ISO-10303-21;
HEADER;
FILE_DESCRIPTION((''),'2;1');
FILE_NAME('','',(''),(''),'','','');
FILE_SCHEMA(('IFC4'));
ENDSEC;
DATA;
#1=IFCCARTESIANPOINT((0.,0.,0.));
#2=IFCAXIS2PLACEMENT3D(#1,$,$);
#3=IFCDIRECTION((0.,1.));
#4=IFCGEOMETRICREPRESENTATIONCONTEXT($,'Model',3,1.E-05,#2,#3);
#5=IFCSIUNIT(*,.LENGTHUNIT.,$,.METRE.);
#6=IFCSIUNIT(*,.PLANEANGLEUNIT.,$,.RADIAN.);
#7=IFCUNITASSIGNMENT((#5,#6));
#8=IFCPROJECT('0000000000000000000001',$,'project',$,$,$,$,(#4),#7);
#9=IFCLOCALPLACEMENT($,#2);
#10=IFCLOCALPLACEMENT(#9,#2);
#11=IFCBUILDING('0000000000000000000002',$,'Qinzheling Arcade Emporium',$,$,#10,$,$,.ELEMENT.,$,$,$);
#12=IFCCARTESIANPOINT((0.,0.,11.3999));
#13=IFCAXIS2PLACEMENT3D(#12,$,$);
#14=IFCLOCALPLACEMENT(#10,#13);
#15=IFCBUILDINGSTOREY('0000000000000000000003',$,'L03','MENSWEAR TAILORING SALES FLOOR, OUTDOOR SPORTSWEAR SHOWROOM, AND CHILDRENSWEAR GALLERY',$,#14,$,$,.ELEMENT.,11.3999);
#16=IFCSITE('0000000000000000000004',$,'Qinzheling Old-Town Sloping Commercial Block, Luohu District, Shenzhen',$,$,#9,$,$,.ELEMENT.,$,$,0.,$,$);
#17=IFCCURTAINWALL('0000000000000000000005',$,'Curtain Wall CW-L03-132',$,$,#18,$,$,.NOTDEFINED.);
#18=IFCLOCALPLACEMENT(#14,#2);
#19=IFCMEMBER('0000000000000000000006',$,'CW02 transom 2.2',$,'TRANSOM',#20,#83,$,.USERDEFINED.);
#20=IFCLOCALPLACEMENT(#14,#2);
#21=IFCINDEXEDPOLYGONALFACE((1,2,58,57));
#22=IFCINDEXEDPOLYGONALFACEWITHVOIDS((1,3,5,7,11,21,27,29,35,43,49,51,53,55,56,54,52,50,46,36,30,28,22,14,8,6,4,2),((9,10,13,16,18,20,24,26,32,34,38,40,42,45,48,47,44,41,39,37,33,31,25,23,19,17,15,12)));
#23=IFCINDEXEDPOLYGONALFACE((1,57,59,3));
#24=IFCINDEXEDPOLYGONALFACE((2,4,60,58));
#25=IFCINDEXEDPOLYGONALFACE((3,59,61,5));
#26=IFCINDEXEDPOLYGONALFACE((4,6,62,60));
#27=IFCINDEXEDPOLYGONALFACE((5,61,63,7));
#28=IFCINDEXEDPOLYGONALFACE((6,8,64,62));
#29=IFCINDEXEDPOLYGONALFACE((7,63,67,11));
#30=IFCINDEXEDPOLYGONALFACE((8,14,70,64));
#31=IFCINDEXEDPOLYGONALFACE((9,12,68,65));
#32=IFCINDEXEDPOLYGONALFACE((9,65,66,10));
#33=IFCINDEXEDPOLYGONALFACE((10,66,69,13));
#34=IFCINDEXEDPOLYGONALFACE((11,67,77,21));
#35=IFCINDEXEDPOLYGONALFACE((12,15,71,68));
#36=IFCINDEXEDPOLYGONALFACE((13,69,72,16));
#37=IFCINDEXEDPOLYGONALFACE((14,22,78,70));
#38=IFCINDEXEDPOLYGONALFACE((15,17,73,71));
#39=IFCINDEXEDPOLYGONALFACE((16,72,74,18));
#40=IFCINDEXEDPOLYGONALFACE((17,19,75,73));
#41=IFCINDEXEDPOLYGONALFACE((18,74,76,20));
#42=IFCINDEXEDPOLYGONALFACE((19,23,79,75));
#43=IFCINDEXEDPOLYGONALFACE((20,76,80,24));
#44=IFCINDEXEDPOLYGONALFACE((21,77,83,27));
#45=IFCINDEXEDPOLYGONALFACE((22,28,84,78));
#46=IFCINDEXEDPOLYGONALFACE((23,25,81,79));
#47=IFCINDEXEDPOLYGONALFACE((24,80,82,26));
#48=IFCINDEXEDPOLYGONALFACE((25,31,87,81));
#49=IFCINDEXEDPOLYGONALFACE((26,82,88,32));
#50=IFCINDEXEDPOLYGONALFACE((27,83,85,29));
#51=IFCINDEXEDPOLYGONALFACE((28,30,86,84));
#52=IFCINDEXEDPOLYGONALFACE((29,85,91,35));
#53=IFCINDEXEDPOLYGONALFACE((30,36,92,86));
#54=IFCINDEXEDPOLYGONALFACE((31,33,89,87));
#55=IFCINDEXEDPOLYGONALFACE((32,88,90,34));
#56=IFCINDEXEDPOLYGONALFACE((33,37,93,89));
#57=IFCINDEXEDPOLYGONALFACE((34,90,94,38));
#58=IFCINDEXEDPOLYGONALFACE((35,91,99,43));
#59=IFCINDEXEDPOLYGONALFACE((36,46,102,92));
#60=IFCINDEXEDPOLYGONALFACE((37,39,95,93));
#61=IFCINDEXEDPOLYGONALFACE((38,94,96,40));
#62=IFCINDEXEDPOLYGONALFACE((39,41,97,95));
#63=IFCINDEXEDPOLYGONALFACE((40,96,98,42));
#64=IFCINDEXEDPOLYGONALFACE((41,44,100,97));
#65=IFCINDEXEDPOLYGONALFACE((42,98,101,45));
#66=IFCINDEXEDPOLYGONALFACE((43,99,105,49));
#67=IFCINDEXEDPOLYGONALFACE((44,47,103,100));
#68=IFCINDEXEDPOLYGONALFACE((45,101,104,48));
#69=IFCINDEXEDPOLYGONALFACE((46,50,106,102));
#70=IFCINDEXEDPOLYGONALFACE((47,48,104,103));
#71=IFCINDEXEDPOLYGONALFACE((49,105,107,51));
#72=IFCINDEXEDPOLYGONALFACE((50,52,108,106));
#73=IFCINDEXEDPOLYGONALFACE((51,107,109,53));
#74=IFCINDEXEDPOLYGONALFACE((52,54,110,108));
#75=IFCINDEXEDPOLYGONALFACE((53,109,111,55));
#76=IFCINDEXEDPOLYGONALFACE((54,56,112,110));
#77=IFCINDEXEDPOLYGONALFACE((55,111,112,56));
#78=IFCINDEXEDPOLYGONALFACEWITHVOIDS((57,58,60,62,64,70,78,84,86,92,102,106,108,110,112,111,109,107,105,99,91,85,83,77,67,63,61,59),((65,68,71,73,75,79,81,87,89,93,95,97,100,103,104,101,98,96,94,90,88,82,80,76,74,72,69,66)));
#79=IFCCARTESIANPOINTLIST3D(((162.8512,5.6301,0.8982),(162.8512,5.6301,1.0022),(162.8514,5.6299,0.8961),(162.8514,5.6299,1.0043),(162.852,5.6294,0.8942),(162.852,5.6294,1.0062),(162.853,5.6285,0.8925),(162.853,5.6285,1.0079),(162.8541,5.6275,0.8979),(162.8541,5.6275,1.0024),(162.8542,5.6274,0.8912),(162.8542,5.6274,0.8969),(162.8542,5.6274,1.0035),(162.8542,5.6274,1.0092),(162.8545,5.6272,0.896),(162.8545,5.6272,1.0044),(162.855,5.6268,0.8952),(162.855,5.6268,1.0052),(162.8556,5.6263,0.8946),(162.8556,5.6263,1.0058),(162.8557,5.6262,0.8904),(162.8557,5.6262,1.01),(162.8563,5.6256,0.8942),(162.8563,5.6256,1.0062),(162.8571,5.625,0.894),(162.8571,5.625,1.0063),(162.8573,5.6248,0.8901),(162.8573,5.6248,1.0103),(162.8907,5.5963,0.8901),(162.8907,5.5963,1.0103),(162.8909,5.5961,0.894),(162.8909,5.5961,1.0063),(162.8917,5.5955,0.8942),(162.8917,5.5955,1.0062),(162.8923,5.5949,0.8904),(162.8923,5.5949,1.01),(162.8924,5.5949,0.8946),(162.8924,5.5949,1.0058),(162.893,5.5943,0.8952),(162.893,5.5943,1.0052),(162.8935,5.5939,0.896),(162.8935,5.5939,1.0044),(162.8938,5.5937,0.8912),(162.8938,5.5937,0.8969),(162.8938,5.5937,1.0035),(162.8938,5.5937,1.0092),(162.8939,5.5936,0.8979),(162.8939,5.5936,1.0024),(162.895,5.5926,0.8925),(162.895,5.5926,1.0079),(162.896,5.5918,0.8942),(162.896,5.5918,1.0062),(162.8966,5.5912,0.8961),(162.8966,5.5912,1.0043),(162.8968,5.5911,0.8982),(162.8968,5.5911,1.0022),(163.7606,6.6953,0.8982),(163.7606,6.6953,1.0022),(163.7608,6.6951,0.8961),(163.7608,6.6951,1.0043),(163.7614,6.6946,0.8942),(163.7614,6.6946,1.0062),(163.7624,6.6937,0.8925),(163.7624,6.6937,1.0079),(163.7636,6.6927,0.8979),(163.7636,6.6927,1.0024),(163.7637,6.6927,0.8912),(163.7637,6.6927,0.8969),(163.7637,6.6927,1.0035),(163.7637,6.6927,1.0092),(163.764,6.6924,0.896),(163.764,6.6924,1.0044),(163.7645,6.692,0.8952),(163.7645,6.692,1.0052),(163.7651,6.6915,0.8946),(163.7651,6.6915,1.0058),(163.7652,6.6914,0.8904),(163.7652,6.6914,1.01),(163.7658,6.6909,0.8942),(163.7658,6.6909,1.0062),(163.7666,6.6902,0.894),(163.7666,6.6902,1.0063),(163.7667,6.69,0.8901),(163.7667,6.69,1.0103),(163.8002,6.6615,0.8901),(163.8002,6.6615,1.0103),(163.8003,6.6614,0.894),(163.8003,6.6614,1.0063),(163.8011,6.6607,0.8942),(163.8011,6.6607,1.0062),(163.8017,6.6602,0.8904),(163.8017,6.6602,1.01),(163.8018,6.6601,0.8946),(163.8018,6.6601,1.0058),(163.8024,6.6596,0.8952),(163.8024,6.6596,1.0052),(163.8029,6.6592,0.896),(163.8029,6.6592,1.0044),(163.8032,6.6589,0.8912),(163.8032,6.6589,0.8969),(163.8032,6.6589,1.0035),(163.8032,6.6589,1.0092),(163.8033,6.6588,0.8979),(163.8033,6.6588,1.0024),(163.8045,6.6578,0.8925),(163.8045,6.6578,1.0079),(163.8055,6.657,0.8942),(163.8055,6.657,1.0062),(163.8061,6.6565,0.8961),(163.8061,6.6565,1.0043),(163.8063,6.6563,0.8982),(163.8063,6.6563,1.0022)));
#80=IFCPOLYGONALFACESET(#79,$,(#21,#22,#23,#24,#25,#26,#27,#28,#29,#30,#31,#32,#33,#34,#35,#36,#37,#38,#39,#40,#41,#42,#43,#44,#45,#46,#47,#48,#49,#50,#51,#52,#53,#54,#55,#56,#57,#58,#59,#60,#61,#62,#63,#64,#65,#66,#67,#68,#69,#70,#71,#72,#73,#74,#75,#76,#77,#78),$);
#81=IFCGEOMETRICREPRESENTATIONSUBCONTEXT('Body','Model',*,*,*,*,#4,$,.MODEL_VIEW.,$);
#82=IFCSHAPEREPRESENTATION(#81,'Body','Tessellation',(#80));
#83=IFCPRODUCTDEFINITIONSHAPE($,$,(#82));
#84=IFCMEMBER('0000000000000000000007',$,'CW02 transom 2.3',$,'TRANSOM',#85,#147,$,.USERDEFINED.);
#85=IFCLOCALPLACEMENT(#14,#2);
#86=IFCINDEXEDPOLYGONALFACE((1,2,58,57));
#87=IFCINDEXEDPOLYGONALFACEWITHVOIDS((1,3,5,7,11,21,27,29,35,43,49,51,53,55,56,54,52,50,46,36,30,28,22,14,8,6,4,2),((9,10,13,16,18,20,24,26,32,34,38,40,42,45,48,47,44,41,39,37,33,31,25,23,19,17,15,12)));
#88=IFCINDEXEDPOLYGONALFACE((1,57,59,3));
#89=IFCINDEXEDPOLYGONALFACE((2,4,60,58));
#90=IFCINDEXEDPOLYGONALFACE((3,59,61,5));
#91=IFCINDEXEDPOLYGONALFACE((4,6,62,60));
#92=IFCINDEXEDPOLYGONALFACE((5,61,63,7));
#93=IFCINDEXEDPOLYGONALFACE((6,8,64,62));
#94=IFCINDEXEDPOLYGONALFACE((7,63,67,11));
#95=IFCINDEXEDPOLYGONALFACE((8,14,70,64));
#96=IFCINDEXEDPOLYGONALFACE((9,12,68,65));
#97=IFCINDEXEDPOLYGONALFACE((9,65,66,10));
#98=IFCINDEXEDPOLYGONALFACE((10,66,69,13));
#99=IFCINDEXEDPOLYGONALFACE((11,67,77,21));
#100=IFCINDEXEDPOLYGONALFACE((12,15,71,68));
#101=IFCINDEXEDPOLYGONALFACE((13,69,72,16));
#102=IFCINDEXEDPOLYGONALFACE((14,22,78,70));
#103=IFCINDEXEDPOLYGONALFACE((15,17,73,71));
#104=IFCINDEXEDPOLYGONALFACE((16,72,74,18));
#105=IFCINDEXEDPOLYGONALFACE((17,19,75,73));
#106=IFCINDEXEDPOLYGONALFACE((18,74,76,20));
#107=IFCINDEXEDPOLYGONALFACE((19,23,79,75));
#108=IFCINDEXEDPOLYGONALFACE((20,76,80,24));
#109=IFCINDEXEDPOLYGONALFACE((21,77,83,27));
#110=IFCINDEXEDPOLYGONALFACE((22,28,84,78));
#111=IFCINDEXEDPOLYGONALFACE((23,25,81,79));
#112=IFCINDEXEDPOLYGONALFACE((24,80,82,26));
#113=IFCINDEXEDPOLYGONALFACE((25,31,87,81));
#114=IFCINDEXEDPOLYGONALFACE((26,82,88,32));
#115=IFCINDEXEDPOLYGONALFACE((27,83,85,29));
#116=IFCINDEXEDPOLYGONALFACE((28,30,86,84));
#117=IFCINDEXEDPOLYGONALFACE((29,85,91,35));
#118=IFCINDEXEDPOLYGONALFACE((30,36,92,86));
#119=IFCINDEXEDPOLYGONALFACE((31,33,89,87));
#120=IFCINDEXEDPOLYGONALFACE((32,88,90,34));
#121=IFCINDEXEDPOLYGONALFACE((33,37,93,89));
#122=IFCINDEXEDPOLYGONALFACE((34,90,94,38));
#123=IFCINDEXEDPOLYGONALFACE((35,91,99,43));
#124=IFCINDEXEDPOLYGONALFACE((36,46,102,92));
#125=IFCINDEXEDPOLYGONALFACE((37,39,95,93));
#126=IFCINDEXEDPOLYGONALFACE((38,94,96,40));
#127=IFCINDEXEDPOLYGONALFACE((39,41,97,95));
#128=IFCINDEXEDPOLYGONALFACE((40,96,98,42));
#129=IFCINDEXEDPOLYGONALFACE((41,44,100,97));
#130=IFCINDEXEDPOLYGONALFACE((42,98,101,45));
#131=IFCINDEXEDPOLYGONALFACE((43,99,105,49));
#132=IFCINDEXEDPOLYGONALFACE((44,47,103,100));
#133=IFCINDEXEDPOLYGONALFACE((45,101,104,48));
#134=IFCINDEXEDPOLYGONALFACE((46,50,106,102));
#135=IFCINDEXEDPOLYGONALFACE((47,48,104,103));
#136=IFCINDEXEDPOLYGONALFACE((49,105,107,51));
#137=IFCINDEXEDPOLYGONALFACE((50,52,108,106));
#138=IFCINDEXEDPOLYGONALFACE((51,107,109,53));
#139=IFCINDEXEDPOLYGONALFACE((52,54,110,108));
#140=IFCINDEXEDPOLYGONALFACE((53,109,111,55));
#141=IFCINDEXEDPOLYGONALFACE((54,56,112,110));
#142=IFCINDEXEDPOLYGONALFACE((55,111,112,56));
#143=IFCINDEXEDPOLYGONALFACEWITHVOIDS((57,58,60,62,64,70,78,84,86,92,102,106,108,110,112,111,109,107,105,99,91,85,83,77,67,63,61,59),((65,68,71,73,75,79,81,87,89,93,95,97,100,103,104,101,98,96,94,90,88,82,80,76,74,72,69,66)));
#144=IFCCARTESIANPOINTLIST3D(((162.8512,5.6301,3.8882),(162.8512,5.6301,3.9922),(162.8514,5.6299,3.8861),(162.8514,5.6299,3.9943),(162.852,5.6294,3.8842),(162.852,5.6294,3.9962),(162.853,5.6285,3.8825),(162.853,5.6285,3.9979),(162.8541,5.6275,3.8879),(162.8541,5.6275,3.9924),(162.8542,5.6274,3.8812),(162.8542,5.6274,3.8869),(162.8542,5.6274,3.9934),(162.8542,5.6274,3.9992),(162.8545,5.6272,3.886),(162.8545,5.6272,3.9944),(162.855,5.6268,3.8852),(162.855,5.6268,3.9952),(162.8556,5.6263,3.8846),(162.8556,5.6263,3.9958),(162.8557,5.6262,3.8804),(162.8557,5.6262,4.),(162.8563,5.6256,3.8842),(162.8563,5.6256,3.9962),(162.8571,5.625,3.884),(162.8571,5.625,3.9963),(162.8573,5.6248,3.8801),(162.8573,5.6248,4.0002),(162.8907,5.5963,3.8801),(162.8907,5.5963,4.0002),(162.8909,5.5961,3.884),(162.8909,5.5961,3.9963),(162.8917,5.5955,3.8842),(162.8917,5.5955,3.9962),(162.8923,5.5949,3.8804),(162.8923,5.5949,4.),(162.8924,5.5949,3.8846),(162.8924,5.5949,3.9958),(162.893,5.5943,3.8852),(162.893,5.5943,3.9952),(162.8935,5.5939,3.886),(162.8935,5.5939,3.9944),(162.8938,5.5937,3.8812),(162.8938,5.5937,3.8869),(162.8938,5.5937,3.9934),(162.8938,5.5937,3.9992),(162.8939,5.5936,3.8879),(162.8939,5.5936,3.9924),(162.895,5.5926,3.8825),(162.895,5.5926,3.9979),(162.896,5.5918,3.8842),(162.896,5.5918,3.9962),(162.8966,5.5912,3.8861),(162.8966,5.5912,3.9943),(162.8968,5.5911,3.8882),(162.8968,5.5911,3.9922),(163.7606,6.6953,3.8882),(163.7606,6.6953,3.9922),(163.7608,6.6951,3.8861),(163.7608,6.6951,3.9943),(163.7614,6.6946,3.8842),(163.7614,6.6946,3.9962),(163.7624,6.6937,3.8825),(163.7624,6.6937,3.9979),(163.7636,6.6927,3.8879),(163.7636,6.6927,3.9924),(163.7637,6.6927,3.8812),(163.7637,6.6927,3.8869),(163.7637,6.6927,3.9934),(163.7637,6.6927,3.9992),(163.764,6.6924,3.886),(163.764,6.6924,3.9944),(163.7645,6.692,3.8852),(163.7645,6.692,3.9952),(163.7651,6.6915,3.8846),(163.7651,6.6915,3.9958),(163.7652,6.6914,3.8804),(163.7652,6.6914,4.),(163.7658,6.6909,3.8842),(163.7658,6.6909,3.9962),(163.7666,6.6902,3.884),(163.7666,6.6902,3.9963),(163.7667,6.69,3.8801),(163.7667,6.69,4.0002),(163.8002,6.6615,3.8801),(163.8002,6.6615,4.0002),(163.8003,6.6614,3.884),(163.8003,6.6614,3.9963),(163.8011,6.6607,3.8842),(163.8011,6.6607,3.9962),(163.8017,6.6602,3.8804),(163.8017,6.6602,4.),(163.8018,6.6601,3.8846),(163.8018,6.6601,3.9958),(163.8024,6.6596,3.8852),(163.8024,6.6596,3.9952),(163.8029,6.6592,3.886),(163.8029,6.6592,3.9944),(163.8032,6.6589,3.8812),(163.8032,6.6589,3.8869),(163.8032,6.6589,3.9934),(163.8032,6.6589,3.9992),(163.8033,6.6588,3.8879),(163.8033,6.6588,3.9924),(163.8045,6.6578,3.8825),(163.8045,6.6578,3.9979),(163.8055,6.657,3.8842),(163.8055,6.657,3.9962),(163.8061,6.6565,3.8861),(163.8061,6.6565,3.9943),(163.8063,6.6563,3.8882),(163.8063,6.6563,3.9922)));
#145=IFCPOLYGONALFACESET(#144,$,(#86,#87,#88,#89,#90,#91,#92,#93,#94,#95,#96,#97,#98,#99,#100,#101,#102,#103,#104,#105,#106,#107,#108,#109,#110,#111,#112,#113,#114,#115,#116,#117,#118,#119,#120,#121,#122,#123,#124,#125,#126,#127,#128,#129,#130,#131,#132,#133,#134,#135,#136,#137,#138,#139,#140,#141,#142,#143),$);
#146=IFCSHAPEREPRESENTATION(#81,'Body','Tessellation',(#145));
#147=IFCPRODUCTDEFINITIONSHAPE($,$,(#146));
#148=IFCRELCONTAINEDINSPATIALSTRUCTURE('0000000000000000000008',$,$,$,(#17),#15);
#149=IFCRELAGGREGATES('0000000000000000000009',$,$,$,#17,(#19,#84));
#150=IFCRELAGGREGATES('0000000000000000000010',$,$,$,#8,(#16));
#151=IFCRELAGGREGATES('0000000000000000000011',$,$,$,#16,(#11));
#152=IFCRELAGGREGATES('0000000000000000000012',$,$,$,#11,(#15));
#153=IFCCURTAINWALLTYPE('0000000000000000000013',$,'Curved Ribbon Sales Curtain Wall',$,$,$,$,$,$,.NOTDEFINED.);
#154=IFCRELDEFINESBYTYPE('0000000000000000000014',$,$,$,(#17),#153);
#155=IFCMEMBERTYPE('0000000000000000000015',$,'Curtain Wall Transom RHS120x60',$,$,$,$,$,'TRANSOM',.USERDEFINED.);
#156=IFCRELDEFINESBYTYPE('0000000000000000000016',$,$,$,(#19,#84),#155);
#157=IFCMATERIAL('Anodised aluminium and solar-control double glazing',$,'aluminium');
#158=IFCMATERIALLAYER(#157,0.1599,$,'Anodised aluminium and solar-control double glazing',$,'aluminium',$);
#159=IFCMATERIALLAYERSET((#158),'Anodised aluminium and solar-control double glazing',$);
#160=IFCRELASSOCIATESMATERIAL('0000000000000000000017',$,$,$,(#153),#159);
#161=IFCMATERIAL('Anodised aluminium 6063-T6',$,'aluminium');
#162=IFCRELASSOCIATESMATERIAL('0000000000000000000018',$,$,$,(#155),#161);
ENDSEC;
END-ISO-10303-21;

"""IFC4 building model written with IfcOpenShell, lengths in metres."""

from ifc_helpers import new_model, si_unit, direction, frame, origin, origin_2d, place, context, subcontext, project, spatial, hollow_rectangle, extrude, material, layer, layer_set, material_profile, profile_set, type_object, element, aggregate, save


model = new_model("IFC4")

# Units and contexts
model_context = context("Model", 3, precision=1e-05, world=origin(), true_north=direction((0.0, 1.0)))
body_context = subcontext(model_context, "Body", "Model", "MODEL_VIEW")
ifc_project = project(units=[si_unit("LENGTHUNIT", "METRE"), si_unit("PLANEANGLEUNIT", "RADIAN")], contexts=[model_context])

# Site, building, storey
site_placement = place(None, origin())
site = spatial("IfcSite", under=ifc_project, at=site_placement, Name="Qinzheling Old-Town Sloping Commercial Block, Luohu District, Shenzhen", CompositionType="ELEMENT", RefElevation=0.0)
building_placement = place(site_placement, origin())
building = spatial("IfcBuilding", under=site, at=building_placement, Name="Qinzheling Arcade Emporium", CompositionType="ELEMENT")
storey_placement = place(building_placement, frame((0.0, 0.0, 11.3999)))
storey = spatial("IfcBuildingStorey", under=building, at=storey_placement, Name="L03", Description="MENSWEAR TAILORING SALES FLOOR, OUTDOOR SPORTSWEAR SHOWROOM, AND CHILDRENSWEAR GALLERY", CompositionType="ELEMENT", Elevation=11.3999)

# Curtain wall
ifc_material_1 = material(Name="Anodised aluminium and solar-control double glazing", Category="aluminium")
ifc_layer_1 = layer(ifc_material_1, 0.1599, Name="Anodised aluminium and solar-control double glazing", Category="aluminium")
ifc_layer_set_1 = layer_set([ifc_layer_1], Name="Anodised aluminium and solar-control double glazing")
curtain_wall_type = type_object("IfcCurtainWallType", Name="Curved Ribbon Sales Curtain Wall", PredefinedType="NOTDEFINED", material=ifc_layer_set_1)
ifc_material_2 = material(Name="Anodised aluminium 6063-T6", Category="aluminium")
curtain_wall_1_placement = place(storey_placement, origin())
curtain_wall_1 = element("IfcCurtainWall", 1, at=curtain_wall_1_placement, inside=storey, type_object=curtain_wall_type, Name="Curtain Wall CW-L03-132", PredefinedType="NOTDEFINED")

# Members
ifc_material_profile_1 = material_profile(ifc_material_2, hollow_rectangle(XDim=0.0601, YDim=0.1201, WallThickness=0.0039, InnerFilletRadius=0.0039, OuterFilletRadius=0.0081, at=origin_2d()), Name="RHS 120x60x4", Category="aluminium")
ifc_profile_set_1 = profile_set([ifc_material_profile_1], Name="Anodised aluminium 6063-T6")
member_type_1 = type_object("IfcMemberType", Name="Curtain Wall Transom RHS120x60", ElementType="TRANSOM", PredefinedType="USERDEFINED", material=ifc_profile_set_1)
member_1_placement = place(storey_placement, frame((163.7834, 6.6758, 0.9502), z_axis=(-0.649312, -0.760523, 0.0), x_axis=(0.760523, -0.649312, 0.0)))
member_1 = element("IfcMember", 2, at=member_1_placement, type_object=member_type_1, Name="CW02 transom 2.2", ObjectType="TRANSOM", PredefinedType="USERDEFINED", context=body_context, shape_type="SweptSolid", body=[
    extrude(hollow_rectangle(XDim=0.0601, YDim=0.1201, WallThickness=0.0039, InnerFilletRadius=0.0039, OuterFilletRadius=0.0081, at=origin_2d()), origin(), (0.0, 0.0, 1.0), 1.4006),
])
member_2_placement = place(storey_placement, frame((163.7834, 6.6758, 3.9402), z_axis=(-0.649312, -0.760523, 0.0), x_axis=(0.760523, -0.649312, 0.0)))
member_2 = element("IfcMember", 3, at=member_2_placement, type_object=member_type_1, Name="CW02 transom 2.3", ObjectType="TRANSOM", PredefinedType="USERDEFINED", context=body_context, shape_type="SweptSolid", body=[
    extrude(hollow_rectangle(XDim=0.0601, YDim=0.1201, WallThickness=0.0039, InnerFilletRadius=0.0039, OuterFilletRadius=0.0081, at=origin_2d()), origin(), (0.0, 0.0, 1.0), 1.4006),
])

aggregate(curtain_wall_1, [member_1, member_2])

save(model, "model.ifc")
